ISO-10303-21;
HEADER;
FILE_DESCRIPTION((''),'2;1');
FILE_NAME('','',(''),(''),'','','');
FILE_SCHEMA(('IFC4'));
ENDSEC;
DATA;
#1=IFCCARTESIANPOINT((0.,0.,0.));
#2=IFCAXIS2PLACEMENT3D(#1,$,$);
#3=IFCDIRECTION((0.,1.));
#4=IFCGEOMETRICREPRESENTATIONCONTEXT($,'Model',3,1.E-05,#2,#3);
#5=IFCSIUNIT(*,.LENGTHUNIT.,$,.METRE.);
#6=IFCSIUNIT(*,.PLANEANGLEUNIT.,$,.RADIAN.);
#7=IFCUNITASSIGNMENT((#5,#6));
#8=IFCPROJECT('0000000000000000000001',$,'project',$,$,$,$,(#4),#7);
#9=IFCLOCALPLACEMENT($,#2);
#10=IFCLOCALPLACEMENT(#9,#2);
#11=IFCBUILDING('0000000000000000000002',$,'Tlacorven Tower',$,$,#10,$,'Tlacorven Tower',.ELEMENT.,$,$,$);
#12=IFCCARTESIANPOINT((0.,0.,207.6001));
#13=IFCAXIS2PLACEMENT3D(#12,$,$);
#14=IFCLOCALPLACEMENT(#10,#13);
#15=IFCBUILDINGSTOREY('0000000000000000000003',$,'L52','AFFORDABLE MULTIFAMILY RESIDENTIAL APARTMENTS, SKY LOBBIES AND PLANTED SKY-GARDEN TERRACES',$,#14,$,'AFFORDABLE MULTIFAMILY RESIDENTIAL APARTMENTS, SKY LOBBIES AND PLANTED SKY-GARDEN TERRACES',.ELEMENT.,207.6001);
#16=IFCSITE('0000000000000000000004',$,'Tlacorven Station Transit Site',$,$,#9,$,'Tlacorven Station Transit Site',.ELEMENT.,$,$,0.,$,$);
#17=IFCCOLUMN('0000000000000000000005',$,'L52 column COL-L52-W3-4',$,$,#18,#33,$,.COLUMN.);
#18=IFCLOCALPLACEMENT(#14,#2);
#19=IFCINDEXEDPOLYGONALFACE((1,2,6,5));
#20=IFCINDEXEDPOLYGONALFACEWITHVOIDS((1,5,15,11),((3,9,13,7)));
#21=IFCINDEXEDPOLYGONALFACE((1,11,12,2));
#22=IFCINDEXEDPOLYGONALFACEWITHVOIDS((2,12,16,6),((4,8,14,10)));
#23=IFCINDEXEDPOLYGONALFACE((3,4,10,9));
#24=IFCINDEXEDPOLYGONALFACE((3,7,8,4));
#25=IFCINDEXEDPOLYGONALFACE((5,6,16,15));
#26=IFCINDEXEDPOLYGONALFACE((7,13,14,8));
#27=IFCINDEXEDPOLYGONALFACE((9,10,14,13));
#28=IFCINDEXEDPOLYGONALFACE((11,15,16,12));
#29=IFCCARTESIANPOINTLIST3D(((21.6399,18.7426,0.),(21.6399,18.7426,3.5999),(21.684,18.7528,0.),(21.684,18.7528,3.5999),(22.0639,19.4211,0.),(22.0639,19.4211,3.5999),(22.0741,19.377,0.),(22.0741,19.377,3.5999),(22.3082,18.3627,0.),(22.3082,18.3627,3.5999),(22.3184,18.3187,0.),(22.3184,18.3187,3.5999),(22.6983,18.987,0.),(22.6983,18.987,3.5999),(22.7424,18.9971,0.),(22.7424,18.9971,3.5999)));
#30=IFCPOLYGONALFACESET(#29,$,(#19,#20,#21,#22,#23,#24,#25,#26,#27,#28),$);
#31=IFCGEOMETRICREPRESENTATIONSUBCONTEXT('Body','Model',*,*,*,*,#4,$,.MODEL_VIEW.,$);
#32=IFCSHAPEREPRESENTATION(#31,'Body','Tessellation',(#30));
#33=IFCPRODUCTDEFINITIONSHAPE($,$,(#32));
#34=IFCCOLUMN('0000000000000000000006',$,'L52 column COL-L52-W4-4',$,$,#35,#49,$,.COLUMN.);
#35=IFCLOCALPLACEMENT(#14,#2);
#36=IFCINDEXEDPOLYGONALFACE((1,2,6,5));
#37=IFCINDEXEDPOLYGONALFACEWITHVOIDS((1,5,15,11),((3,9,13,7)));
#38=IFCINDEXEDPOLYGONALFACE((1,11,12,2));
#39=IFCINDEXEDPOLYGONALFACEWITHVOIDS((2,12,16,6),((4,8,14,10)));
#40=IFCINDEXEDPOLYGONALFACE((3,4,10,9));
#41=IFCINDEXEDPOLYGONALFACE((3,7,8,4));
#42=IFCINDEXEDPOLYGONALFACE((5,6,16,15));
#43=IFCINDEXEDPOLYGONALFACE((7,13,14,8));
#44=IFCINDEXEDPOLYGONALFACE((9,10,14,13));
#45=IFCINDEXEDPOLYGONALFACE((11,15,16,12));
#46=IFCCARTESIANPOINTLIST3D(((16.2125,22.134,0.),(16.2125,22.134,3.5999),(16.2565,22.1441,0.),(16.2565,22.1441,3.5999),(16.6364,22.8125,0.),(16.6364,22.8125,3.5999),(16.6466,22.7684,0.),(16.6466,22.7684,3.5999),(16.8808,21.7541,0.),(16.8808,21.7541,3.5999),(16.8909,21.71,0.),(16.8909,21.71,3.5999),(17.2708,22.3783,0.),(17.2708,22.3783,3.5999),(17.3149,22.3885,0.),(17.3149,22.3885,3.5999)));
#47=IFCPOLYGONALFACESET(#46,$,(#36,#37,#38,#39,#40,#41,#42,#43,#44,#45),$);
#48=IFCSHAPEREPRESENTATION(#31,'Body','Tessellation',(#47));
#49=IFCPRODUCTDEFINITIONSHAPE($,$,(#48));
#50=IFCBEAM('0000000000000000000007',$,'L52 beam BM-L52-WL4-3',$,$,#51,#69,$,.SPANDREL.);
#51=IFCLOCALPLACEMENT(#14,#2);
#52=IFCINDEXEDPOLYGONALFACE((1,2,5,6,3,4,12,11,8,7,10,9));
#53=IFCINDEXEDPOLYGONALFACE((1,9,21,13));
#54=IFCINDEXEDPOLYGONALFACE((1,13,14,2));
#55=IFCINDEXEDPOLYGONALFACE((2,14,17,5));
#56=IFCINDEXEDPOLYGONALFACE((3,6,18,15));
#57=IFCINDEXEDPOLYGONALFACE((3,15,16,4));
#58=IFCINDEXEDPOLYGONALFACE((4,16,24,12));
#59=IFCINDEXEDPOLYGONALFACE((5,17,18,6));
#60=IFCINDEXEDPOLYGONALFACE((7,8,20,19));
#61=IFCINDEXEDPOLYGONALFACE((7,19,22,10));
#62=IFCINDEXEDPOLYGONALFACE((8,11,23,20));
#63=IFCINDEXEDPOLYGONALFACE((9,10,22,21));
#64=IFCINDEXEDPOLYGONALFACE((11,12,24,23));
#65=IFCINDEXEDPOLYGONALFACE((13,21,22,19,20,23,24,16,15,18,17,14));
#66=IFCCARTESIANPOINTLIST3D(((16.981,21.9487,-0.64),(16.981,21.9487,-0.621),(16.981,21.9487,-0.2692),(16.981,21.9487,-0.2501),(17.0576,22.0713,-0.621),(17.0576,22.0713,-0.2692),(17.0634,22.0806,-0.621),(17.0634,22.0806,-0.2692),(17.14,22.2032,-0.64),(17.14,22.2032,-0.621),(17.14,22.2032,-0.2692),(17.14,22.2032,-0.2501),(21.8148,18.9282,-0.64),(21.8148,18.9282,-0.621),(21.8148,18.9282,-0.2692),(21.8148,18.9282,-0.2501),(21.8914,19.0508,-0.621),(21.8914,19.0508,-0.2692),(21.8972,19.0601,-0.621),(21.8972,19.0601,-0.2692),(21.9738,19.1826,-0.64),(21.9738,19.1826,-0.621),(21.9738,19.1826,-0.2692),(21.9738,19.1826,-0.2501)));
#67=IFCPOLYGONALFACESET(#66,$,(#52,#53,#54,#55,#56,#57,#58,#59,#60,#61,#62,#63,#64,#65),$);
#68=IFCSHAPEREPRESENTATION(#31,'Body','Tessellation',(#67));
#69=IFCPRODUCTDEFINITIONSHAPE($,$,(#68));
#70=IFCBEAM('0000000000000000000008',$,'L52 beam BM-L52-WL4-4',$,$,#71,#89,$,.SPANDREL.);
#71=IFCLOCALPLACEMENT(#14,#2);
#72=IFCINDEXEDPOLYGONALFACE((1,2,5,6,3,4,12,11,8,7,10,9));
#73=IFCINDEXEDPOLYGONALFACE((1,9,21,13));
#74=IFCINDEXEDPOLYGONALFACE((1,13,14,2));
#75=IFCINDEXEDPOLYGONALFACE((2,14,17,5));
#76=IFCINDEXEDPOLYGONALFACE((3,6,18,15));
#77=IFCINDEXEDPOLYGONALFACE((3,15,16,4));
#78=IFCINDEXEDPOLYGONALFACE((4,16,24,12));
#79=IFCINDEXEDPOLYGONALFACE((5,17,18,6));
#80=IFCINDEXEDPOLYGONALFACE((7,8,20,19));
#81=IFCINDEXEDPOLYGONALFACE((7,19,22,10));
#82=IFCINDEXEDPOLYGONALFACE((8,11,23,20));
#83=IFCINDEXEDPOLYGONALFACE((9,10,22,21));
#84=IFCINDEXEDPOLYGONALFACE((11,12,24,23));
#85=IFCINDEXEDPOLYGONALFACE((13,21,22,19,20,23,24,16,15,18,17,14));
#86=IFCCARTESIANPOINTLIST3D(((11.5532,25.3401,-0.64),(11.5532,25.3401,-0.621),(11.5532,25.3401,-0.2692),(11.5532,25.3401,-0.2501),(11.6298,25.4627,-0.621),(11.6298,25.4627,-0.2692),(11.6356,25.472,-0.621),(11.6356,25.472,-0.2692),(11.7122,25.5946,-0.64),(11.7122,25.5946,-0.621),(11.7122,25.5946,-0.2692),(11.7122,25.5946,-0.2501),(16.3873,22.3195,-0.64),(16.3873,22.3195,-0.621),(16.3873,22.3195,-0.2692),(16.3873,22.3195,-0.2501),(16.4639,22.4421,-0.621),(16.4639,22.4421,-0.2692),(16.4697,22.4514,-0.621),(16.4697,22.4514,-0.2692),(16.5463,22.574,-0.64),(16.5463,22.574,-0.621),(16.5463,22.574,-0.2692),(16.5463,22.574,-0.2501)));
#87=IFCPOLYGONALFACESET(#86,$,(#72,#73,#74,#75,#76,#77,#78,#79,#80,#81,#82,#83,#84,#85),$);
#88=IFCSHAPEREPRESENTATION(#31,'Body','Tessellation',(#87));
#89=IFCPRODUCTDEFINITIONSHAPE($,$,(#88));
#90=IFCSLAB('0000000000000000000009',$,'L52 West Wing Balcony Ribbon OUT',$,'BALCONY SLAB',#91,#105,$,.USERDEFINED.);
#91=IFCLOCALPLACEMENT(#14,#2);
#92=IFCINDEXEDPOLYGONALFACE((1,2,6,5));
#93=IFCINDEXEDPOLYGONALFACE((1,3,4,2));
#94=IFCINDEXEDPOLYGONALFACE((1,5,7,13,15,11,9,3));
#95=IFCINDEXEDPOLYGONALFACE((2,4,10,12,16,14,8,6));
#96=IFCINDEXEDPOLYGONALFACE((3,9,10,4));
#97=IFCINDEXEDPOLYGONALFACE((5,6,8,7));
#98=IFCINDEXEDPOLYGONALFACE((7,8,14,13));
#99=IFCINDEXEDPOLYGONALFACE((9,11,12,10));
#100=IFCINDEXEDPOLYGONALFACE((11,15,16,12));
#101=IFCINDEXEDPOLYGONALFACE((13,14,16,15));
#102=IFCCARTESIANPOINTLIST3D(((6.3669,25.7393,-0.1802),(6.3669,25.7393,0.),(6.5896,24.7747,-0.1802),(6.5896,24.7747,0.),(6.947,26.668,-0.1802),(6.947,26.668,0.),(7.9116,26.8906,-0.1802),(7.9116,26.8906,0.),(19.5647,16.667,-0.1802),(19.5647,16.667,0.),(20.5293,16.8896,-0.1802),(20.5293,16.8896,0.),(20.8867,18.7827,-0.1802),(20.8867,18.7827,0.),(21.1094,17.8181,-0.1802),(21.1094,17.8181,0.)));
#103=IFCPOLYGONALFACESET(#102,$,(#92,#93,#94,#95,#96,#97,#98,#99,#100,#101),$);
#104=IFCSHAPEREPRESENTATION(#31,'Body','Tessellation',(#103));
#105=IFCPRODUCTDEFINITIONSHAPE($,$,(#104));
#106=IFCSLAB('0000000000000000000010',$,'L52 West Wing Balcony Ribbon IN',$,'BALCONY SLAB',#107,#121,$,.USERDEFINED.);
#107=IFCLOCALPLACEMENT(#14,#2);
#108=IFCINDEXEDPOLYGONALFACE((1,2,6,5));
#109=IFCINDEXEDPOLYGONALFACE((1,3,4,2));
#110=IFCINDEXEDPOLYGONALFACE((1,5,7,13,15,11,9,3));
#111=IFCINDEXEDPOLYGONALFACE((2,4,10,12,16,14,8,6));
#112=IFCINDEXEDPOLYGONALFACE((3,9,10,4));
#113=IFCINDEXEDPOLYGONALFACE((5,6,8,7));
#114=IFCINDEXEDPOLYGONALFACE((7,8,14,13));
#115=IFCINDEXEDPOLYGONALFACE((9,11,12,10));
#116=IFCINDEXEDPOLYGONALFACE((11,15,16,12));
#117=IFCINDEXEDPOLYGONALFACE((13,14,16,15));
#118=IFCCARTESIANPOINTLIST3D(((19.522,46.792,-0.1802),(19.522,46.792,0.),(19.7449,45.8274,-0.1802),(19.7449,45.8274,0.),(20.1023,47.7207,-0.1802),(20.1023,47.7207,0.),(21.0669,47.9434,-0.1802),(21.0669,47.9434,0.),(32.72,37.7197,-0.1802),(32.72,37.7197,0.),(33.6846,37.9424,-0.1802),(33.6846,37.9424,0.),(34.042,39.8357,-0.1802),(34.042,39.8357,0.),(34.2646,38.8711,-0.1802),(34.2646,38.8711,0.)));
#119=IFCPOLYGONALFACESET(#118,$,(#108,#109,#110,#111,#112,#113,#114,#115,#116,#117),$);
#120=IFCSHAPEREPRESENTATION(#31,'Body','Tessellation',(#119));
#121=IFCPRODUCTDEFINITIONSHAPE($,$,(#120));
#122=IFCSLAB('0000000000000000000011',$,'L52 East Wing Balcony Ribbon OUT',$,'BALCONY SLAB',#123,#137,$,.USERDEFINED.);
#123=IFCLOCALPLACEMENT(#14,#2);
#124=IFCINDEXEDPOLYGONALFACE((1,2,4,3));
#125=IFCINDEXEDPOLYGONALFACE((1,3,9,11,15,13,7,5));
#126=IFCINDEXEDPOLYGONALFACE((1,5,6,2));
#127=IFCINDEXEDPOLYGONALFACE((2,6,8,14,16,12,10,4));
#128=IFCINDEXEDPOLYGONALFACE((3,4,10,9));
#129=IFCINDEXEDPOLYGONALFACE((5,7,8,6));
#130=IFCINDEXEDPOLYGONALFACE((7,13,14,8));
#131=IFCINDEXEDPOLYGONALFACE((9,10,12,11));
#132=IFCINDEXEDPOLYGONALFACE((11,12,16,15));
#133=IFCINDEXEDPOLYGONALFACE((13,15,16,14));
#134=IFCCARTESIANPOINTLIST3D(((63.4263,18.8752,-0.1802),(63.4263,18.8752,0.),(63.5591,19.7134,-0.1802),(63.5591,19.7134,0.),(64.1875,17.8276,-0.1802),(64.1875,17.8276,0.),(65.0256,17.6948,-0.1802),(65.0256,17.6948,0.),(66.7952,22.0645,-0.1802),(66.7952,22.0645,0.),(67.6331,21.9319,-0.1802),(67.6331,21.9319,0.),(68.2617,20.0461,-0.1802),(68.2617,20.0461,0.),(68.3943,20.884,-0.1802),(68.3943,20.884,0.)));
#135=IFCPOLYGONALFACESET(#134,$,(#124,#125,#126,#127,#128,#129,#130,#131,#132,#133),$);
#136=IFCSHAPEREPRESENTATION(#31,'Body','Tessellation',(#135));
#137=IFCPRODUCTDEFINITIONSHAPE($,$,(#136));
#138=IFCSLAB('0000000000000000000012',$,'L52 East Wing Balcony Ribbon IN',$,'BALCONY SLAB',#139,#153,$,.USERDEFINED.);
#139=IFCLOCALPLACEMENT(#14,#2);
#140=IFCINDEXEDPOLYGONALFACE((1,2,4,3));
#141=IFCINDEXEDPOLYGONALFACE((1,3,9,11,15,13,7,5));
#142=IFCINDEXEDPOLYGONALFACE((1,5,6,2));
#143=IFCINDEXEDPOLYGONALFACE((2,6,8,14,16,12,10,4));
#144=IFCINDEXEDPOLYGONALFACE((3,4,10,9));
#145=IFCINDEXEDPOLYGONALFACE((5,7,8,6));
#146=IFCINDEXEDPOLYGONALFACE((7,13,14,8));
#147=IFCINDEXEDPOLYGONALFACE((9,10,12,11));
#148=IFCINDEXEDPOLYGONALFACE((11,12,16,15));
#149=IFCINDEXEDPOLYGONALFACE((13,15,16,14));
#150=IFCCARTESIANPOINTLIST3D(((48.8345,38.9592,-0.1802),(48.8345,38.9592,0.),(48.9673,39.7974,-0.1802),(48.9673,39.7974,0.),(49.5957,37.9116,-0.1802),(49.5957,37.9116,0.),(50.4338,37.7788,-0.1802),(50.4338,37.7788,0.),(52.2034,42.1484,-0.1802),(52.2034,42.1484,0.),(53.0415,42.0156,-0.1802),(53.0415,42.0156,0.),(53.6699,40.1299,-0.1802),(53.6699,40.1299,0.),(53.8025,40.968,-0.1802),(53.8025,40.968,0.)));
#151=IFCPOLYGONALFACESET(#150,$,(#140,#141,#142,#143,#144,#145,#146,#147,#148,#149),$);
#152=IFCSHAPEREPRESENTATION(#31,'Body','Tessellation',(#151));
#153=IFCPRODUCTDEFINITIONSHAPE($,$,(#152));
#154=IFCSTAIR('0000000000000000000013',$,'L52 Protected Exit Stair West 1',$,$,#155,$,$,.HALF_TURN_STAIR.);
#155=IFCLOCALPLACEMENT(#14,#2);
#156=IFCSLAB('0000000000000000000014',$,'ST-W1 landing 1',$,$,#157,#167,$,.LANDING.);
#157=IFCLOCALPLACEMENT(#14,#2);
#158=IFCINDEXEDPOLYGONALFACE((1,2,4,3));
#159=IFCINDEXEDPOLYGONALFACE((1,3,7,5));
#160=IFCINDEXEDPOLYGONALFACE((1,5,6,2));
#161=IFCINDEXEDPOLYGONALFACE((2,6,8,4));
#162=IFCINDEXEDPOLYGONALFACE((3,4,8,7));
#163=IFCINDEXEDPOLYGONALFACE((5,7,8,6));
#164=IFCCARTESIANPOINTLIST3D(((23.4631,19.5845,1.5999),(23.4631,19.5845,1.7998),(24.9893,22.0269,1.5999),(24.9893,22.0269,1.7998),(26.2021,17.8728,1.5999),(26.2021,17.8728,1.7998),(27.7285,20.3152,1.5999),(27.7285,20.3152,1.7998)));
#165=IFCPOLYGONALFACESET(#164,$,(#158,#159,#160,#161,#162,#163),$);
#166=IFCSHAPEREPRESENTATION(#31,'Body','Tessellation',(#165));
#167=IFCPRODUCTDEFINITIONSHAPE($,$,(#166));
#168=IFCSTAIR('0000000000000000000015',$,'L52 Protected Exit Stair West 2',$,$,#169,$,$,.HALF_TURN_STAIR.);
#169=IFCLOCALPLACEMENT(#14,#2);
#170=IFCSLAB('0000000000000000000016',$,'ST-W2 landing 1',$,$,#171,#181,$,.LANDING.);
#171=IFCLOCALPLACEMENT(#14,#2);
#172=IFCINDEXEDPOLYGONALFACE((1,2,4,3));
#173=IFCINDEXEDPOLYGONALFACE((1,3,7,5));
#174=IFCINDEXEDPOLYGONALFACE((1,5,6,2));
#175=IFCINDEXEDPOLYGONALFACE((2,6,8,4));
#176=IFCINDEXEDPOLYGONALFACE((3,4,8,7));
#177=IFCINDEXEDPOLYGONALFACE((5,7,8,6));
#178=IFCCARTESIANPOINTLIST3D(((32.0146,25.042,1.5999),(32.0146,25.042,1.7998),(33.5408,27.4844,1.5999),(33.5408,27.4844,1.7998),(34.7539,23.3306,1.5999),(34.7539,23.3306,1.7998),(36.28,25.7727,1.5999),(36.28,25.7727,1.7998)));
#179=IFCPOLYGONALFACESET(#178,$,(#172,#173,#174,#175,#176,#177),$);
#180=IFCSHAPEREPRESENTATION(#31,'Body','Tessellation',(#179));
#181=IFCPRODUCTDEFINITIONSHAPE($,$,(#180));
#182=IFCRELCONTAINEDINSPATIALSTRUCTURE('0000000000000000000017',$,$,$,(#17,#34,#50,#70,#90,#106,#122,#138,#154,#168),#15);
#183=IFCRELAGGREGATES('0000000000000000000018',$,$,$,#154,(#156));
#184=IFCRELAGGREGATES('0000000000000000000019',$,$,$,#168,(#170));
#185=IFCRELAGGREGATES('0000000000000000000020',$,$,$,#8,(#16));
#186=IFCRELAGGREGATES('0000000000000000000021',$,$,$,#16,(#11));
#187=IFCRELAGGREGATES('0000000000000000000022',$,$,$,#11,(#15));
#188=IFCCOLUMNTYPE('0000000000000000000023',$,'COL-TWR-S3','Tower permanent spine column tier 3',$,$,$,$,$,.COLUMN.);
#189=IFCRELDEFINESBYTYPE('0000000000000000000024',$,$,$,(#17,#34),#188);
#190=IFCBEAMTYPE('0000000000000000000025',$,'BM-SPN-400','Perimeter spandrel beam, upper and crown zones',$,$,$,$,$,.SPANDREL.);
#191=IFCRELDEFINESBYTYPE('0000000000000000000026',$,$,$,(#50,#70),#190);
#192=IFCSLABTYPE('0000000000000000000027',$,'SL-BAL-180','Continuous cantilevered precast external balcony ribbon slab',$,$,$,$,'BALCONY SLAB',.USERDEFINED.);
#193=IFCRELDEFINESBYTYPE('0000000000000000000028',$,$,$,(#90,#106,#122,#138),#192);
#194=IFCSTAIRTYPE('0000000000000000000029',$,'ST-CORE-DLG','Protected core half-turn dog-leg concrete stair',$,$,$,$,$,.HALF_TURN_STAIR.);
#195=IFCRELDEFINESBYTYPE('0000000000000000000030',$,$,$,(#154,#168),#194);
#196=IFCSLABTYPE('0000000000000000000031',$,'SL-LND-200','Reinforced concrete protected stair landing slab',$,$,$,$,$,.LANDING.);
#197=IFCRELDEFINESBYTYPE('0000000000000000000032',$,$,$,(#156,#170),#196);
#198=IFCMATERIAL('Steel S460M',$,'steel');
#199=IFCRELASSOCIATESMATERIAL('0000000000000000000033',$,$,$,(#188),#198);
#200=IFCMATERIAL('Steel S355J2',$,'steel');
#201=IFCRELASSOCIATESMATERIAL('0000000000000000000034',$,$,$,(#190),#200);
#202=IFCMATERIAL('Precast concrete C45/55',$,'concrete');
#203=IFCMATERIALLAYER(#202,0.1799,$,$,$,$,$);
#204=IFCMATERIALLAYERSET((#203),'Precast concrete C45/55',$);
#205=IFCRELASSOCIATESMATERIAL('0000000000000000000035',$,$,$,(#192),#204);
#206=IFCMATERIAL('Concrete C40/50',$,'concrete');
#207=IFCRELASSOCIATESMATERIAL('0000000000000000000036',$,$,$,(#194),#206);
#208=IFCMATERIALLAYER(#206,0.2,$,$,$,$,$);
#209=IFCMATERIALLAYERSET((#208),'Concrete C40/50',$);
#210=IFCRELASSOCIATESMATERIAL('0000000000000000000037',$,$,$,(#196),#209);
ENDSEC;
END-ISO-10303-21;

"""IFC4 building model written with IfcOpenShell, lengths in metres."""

from ifc_helpers import new_model, si_unit, direction, frame, origin, origin_2d, place, context, subcontext, project, spatial, polyline, hollow_rectangle, i_section, outline, extrude, source, transform, mapped, material, layer, layer_set, material_profile, profile_set, type_object, element, aggregate, save


model = new_model("IFC4")

# Units and contexts
model_context = context("Model", 3, precision=1e-05, world=origin(), true_north=direction((0.0, 1.0)))
body_context = subcontext(model_context, "Body", "Model", "MODEL_VIEW")
ifc_project = project(units=[si_unit("LENGTHUNIT", "METRE"), si_unit("PLANEANGLEUNIT", "RADIAN")], contexts=[model_context])

# Site, building, storey
site_placement = place(None, origin())
site = spatial("IfcSite", under=ifc_project, at=site_placement, Name="Tlacorven Station Transit Site", LongName="Tlacorven Station Transit Site", CompositionType="ELEMENT", RefElevation=0.0)
building_placement = place(site_placement, origin())
building = spatial("IfcBuilding", under=site, at=building_placement, Name="Tlacorven Tower", LongName="Tlacorven Tower", CompositionType="ELEMENT")
storey_placement = place(building_placement, frame((0.0, 0.0, 207.6001)))
storey = spatial("IfcBuildingStorey", under=building, at=storey_placement, Name="L52", Description="AFFORDABLE MULTIFAMILY RESIDENTIAL APARTMENTS, SKY LOBBIES AND PLANTED SKY-GARDEN TERRACES", LongName="AFFORDABLE MULTIFAMILY RESIDENTIAL APARTMENTS, SKY LOBBIES AND PLANTED SKY-GARDEN TERRACES", CompositionType="ELEMENT", Elevation=207.6001)

# Columns
ifc_material_1 = material(Name="Steel S460M", Category="steel")
ifc_material_profile_1 = material_profile(ifc_material_1, hollow_rectangle(XDim=0.8, YDim=0.8, WallThickness=0.032, at=origin_2d()), Name="BOX 800X800X32")
ifc_profile_set_1 = profile_set([ifc_material_profile_1], Name="Steel S460M")
column_type = type_object("IfcColumnType", Name="COL-TWR-S3", Description="Tower permanent spine column tier 3", PredefinedType="COLUMN", material=ifc_profile_set_1)
shared_shape_1 = source(origin(), body_context, "Body", "SweptSolid", [
    extrude(hollow_rectangle(XDim=0.8, YDim=0.8, WallThickness=0.032, at=origin_2d()), origin(), (0.0, 0.0, 1.0), 3.5999),
])
for number, where, z_axis, x_axis, name in (
    (1, (22.1912, 18.8699, 0.0), (0.0, 0.0, 1.0), (-0.848048, 0.529919, 0.0), "L52 column COL-L52-W3-4"),
    (2, (16.7637, 22.2612, 0.0), (0.0, 0.0, 1.0), (-0.848048, 0.529919, 0.0), "L52 column COL-L52-W4-4"),
):
    element("IfcColumn", number, at=place(storey_placement, frame(where, z_axis=z_axis, x_axis=x_axis)), inside=storey, type_object=column_type, Name=name, PredefinedType="COLUMN", context=body_context, shape_type="MappedRepresentation", body=[
        mapped(shared_shape_1, transform((0.0, 0.0, 0.0), scale=1.0)),
    ])

# Beams
ifc_material_2 = material(Name="Steel S355J2", Category="steel")
ifc_material_profile_2 = material_profile(ifc_material_2, i_section(OverallWidth=0.3, OverallDepth=0.3899, WebThickness=0.011, FlangeThickness=0.019, at=origin_2d()), Name="HEA 400")
ifc_profile_set_2 = profile_set([ifc_material_profile_2], Name="Steel S355J2")
beam_type = type_object("IfcBeamType", Name="BM-SPN-400", Description="Perimeter spandrel beam, upper and crown zones", PredefinedType="SPANDREL", material=ifc_profile_set_2)
shared_shape_2 = source(origin(), body_context, "Body", "SweptSolid", [
    extrude(i_section(OverallWidth=0.3, OverallDepth=0.3899, WebThickness=0.011, FlangeThickness=0.019, at=origin_2d()), origin(), (0.0, 0.0, 1.0), 5.7),
])
beam_1_placement = place(storey_placement, frame((21.8943, 19.0554, -0.4451), z_axis=(-0.848044, 0.529926, 0.0), x_axis=(-0.529926, -0.848044, 0.0)))
element("IfcBeam", 3, at=beam_1_placement, inside=storey, type_object=beam_type, Name="L52 beam BM-L52-WL4-3", PredefinedType="SPANDREL", context=body_context, shape_type="MappedRepresentation", body=[
    mapped(shared_shape_2, transform((0.0, 0.0, 0.0), scale=1.0)),
])
shared_shape_3 = source(origin(), body_context, "Body", "SweptSolid", [
    extrude(i_section(OverallWidth=0.3, OverallDepth=0.3899, WebThickness=0.011, FlangeThickness=0.019, at=origin_2d()), origin(), (0.0, 0.0, 1.0), 5.7002),
])
beam_2_placement = place(storey_placement, frame((16.4668, 22.4468, -0.4451), z_axis=(-0.848056, 0.529907, 0.0), x_axis=(-0.529907, -0.848056, 0.0)))
element("IfcBeam", 4, at=beam_2_placement, inside=storey, type_object=beam_type, Name="L52 beam BM-L52-WL4-4", PredefinedType="SPANDREL", context=body_context, shape_type="MappedRepresentation", body=[
    mapped(shared_shape_3, transform((0.0, 0.0, 0.0), scale=1.0)),
])

# Slabs
ifc_material_3 = material(Name="Precast concrete C45/55", Category="concrete")
ifc_layer_1 = layer(ifc_material_3, 0.1799)
ifc_layer_set_1 = layer_set([ifc_layer_1], Name="Precast concrete C45/55")
slab_type_1 = type_object("IfcSlabType", Name="SL-BAL-180", Description="Continuous cantilevered precast external balcony ribbon slab", ElementType="BALCONY SLAB", PredefinedType="USERDEFINED", material=ifc_layer_set_1)
slab_1_placement = place(storey_placement, frame((0.0, 0.0, -0.1802)))
element("IfcSlab", 5, at=slab_1_placement, inside=storey, type_object=slab_type_1, Name="L52 West Wing Balcony Ribbon OUT", ObjectType="BALCONY SLAB", PredefinedType="USERDEFINED", context=body_context, shape_type="SweptSolid", body=[
    extrude(outline(polyline([(20.8867, 18.7827), (7.9116, 26.8906), (6.947, 26.668), (6.3669, 25.7393), (6.5896, 24.7747), (19.5647, 16.667), (20.5293, 16.8896), (21.1094, 17.8181), (20.8867, 18.7827)])), origin(), (0.0, 0.0, 1.0), 0.1802),
])
slab_2_placement = place(storey_placement, frame((0.0, 0.0, -0.1802)))
element("IfcSlab", 6, at=slab_2_placement, inside=storey, type_object=slab_type_1, Name="L52 West Wing Balcony Ribbon IN", ObjectType="BALCONY SLAB", PredefinedType="USERDEFINED", context=body_context, shape_type="SweptSolid", body=[
    extrude(outline(polyline([(34.042, 39.8357), (21.0669, 47.9434), (20.1023, 47.7207), (19.522, 46.792), (19.7449, 45.8274), (32.72, 37.7197), (33.6846, 37.9424), (34.2646, 38.8711), (34.042, 39.8357)])), origin(), (0.0, 0.0, 1.0), 0.1802),
])
slab_3_placement = place(storey_placement, frame((0.0, 0.0, -0.1802)))
element("IfcSlab", 7, at=slab_3_placement, inside=storey, type_object=slab_type_1, Name="L52 East Wing Balcony Ribbon OUT", ObjectType="BALCONY SLAB", PredefinedType="USERDEFINED", context=body_context, shape_type="SweptSolid", body=[
    extrude(outline(polyline([(65.0256, 17.6948), (68.2617, 20.0461), (68.3943, 20.884), (67.6331, 21.9319), (66.7952, 22.0645), (63.5591, 19.7134), (63.4263, 18.8752), (64.1875, 17.8276), (65.0256, 17.6948)])), origin(), (0.0, 0.0, 1.0), 0.1802),
])
slab_4_placement = place(storey_placement, frame((0.0, 0.0, -0.1802)))
element("IfcSlab", 8, at=slab_4_placement, inside=storey, type_object=slab_type_1, Name="L52 East Wing Balcony Ribbon IN", ObjectType="BALCONY SLAB", PredefinedType="USERDEFINED", context=body_context, shape_type="SweptSolid", body=[
    extrude(outline(polyline([(50.4338, 37.7788), (53.6699, 40.1299), (53.8025, 40.968), (53.0415, 42.0156), (52.2034, 42.1484), (48.9673, 39.7974), (48.8345, 38.9592), (49.5957, 37.9116), (50.4338, 37.7788)])), origin(), (0.0, 0.0, 1.0), 0.1802),
])

# Stairs, slabs
ifc_material_4 = material(Name="Concrete C40/50", Category="concrete")
stair_type = type_object("IfcStairType", Name="ST-CORE-DLG", Description="Protected core half-turn dog-leg concrete stair", PredefinedType="HALF_TURN_STAIR", material=ifc_material_4)
stair_1_placement = place(storey_placement, origin())
stair_1 = element("IfcStair", 9, at=stair_1_placement, inside=storey, type_object=stair_type, Name="L52 Protected Exit Stair West 1", PredefinedType="HALF_TURN_STAIR")
ifc_layer_2 = layer(ifc_material_4, 0.2)
ifc_layer_set_2 = layer_set([ifc_layer_2], Name="Concrete C40/50")
slab_type_2 = type_object("IfcSlabType", Name="SL-LND-200", Description="Reinforced concrete protected stair landing slab", PredefinedType="LANDING", material=ifc_layer_set_2)
slab_5_placement = place(storey_placement, frame((0.0, 0.0, 1.5999)))
slab_5 = element("IfcSlab", 10, at=slab_5_placement, type_object=slab_type_2, Name="ST-W1 landing 1", PredefinedType="LANDING", context=body_context, shape_type="SweptSolid", body=[
    extrude(outline(polyline([(27.7285, 20.3152), (24.9893, 22.0269), (23.4631, 19.5845), (26.2021, 17.8728), (27.7285, 20.3152)])), origin(), (0.0, 0.0, 1.0), 0.2),
])
aggregate(stair_1, [slab_5])
stair_2_placement = place(storey_placement, origin())
stair_2 = element("IfcStair", 11, at=stair_2_placement, inside=storey, type_object=stair_type, Name="L52 Protected Exit Stair West 2", PredefinedType="HALF_TURN_STAIR")
slab_6_placement = place(storey_placement, frame((0.0, 0.0, 1.5999)))
slab_6 = element("IfcSlab", 12, at=slab_6_placement, type_object=slab_type_2, Name="ST-W2 landing 1", PredefinedType="LANDING", context=body_context, shape_type="SweptSolid", body=[
    extrude(outline(polyline([(36.28, 25.7727), (33.5408, 27.4844), (32.0146, 25.042), (34.7539, 23.3306), (36.28, 25.7727)])), origin(), (0.0, 0.0, 1.0), 0.2),
])
aggregate(stair_2, [slab_6])

save(model, "model.ifc")
